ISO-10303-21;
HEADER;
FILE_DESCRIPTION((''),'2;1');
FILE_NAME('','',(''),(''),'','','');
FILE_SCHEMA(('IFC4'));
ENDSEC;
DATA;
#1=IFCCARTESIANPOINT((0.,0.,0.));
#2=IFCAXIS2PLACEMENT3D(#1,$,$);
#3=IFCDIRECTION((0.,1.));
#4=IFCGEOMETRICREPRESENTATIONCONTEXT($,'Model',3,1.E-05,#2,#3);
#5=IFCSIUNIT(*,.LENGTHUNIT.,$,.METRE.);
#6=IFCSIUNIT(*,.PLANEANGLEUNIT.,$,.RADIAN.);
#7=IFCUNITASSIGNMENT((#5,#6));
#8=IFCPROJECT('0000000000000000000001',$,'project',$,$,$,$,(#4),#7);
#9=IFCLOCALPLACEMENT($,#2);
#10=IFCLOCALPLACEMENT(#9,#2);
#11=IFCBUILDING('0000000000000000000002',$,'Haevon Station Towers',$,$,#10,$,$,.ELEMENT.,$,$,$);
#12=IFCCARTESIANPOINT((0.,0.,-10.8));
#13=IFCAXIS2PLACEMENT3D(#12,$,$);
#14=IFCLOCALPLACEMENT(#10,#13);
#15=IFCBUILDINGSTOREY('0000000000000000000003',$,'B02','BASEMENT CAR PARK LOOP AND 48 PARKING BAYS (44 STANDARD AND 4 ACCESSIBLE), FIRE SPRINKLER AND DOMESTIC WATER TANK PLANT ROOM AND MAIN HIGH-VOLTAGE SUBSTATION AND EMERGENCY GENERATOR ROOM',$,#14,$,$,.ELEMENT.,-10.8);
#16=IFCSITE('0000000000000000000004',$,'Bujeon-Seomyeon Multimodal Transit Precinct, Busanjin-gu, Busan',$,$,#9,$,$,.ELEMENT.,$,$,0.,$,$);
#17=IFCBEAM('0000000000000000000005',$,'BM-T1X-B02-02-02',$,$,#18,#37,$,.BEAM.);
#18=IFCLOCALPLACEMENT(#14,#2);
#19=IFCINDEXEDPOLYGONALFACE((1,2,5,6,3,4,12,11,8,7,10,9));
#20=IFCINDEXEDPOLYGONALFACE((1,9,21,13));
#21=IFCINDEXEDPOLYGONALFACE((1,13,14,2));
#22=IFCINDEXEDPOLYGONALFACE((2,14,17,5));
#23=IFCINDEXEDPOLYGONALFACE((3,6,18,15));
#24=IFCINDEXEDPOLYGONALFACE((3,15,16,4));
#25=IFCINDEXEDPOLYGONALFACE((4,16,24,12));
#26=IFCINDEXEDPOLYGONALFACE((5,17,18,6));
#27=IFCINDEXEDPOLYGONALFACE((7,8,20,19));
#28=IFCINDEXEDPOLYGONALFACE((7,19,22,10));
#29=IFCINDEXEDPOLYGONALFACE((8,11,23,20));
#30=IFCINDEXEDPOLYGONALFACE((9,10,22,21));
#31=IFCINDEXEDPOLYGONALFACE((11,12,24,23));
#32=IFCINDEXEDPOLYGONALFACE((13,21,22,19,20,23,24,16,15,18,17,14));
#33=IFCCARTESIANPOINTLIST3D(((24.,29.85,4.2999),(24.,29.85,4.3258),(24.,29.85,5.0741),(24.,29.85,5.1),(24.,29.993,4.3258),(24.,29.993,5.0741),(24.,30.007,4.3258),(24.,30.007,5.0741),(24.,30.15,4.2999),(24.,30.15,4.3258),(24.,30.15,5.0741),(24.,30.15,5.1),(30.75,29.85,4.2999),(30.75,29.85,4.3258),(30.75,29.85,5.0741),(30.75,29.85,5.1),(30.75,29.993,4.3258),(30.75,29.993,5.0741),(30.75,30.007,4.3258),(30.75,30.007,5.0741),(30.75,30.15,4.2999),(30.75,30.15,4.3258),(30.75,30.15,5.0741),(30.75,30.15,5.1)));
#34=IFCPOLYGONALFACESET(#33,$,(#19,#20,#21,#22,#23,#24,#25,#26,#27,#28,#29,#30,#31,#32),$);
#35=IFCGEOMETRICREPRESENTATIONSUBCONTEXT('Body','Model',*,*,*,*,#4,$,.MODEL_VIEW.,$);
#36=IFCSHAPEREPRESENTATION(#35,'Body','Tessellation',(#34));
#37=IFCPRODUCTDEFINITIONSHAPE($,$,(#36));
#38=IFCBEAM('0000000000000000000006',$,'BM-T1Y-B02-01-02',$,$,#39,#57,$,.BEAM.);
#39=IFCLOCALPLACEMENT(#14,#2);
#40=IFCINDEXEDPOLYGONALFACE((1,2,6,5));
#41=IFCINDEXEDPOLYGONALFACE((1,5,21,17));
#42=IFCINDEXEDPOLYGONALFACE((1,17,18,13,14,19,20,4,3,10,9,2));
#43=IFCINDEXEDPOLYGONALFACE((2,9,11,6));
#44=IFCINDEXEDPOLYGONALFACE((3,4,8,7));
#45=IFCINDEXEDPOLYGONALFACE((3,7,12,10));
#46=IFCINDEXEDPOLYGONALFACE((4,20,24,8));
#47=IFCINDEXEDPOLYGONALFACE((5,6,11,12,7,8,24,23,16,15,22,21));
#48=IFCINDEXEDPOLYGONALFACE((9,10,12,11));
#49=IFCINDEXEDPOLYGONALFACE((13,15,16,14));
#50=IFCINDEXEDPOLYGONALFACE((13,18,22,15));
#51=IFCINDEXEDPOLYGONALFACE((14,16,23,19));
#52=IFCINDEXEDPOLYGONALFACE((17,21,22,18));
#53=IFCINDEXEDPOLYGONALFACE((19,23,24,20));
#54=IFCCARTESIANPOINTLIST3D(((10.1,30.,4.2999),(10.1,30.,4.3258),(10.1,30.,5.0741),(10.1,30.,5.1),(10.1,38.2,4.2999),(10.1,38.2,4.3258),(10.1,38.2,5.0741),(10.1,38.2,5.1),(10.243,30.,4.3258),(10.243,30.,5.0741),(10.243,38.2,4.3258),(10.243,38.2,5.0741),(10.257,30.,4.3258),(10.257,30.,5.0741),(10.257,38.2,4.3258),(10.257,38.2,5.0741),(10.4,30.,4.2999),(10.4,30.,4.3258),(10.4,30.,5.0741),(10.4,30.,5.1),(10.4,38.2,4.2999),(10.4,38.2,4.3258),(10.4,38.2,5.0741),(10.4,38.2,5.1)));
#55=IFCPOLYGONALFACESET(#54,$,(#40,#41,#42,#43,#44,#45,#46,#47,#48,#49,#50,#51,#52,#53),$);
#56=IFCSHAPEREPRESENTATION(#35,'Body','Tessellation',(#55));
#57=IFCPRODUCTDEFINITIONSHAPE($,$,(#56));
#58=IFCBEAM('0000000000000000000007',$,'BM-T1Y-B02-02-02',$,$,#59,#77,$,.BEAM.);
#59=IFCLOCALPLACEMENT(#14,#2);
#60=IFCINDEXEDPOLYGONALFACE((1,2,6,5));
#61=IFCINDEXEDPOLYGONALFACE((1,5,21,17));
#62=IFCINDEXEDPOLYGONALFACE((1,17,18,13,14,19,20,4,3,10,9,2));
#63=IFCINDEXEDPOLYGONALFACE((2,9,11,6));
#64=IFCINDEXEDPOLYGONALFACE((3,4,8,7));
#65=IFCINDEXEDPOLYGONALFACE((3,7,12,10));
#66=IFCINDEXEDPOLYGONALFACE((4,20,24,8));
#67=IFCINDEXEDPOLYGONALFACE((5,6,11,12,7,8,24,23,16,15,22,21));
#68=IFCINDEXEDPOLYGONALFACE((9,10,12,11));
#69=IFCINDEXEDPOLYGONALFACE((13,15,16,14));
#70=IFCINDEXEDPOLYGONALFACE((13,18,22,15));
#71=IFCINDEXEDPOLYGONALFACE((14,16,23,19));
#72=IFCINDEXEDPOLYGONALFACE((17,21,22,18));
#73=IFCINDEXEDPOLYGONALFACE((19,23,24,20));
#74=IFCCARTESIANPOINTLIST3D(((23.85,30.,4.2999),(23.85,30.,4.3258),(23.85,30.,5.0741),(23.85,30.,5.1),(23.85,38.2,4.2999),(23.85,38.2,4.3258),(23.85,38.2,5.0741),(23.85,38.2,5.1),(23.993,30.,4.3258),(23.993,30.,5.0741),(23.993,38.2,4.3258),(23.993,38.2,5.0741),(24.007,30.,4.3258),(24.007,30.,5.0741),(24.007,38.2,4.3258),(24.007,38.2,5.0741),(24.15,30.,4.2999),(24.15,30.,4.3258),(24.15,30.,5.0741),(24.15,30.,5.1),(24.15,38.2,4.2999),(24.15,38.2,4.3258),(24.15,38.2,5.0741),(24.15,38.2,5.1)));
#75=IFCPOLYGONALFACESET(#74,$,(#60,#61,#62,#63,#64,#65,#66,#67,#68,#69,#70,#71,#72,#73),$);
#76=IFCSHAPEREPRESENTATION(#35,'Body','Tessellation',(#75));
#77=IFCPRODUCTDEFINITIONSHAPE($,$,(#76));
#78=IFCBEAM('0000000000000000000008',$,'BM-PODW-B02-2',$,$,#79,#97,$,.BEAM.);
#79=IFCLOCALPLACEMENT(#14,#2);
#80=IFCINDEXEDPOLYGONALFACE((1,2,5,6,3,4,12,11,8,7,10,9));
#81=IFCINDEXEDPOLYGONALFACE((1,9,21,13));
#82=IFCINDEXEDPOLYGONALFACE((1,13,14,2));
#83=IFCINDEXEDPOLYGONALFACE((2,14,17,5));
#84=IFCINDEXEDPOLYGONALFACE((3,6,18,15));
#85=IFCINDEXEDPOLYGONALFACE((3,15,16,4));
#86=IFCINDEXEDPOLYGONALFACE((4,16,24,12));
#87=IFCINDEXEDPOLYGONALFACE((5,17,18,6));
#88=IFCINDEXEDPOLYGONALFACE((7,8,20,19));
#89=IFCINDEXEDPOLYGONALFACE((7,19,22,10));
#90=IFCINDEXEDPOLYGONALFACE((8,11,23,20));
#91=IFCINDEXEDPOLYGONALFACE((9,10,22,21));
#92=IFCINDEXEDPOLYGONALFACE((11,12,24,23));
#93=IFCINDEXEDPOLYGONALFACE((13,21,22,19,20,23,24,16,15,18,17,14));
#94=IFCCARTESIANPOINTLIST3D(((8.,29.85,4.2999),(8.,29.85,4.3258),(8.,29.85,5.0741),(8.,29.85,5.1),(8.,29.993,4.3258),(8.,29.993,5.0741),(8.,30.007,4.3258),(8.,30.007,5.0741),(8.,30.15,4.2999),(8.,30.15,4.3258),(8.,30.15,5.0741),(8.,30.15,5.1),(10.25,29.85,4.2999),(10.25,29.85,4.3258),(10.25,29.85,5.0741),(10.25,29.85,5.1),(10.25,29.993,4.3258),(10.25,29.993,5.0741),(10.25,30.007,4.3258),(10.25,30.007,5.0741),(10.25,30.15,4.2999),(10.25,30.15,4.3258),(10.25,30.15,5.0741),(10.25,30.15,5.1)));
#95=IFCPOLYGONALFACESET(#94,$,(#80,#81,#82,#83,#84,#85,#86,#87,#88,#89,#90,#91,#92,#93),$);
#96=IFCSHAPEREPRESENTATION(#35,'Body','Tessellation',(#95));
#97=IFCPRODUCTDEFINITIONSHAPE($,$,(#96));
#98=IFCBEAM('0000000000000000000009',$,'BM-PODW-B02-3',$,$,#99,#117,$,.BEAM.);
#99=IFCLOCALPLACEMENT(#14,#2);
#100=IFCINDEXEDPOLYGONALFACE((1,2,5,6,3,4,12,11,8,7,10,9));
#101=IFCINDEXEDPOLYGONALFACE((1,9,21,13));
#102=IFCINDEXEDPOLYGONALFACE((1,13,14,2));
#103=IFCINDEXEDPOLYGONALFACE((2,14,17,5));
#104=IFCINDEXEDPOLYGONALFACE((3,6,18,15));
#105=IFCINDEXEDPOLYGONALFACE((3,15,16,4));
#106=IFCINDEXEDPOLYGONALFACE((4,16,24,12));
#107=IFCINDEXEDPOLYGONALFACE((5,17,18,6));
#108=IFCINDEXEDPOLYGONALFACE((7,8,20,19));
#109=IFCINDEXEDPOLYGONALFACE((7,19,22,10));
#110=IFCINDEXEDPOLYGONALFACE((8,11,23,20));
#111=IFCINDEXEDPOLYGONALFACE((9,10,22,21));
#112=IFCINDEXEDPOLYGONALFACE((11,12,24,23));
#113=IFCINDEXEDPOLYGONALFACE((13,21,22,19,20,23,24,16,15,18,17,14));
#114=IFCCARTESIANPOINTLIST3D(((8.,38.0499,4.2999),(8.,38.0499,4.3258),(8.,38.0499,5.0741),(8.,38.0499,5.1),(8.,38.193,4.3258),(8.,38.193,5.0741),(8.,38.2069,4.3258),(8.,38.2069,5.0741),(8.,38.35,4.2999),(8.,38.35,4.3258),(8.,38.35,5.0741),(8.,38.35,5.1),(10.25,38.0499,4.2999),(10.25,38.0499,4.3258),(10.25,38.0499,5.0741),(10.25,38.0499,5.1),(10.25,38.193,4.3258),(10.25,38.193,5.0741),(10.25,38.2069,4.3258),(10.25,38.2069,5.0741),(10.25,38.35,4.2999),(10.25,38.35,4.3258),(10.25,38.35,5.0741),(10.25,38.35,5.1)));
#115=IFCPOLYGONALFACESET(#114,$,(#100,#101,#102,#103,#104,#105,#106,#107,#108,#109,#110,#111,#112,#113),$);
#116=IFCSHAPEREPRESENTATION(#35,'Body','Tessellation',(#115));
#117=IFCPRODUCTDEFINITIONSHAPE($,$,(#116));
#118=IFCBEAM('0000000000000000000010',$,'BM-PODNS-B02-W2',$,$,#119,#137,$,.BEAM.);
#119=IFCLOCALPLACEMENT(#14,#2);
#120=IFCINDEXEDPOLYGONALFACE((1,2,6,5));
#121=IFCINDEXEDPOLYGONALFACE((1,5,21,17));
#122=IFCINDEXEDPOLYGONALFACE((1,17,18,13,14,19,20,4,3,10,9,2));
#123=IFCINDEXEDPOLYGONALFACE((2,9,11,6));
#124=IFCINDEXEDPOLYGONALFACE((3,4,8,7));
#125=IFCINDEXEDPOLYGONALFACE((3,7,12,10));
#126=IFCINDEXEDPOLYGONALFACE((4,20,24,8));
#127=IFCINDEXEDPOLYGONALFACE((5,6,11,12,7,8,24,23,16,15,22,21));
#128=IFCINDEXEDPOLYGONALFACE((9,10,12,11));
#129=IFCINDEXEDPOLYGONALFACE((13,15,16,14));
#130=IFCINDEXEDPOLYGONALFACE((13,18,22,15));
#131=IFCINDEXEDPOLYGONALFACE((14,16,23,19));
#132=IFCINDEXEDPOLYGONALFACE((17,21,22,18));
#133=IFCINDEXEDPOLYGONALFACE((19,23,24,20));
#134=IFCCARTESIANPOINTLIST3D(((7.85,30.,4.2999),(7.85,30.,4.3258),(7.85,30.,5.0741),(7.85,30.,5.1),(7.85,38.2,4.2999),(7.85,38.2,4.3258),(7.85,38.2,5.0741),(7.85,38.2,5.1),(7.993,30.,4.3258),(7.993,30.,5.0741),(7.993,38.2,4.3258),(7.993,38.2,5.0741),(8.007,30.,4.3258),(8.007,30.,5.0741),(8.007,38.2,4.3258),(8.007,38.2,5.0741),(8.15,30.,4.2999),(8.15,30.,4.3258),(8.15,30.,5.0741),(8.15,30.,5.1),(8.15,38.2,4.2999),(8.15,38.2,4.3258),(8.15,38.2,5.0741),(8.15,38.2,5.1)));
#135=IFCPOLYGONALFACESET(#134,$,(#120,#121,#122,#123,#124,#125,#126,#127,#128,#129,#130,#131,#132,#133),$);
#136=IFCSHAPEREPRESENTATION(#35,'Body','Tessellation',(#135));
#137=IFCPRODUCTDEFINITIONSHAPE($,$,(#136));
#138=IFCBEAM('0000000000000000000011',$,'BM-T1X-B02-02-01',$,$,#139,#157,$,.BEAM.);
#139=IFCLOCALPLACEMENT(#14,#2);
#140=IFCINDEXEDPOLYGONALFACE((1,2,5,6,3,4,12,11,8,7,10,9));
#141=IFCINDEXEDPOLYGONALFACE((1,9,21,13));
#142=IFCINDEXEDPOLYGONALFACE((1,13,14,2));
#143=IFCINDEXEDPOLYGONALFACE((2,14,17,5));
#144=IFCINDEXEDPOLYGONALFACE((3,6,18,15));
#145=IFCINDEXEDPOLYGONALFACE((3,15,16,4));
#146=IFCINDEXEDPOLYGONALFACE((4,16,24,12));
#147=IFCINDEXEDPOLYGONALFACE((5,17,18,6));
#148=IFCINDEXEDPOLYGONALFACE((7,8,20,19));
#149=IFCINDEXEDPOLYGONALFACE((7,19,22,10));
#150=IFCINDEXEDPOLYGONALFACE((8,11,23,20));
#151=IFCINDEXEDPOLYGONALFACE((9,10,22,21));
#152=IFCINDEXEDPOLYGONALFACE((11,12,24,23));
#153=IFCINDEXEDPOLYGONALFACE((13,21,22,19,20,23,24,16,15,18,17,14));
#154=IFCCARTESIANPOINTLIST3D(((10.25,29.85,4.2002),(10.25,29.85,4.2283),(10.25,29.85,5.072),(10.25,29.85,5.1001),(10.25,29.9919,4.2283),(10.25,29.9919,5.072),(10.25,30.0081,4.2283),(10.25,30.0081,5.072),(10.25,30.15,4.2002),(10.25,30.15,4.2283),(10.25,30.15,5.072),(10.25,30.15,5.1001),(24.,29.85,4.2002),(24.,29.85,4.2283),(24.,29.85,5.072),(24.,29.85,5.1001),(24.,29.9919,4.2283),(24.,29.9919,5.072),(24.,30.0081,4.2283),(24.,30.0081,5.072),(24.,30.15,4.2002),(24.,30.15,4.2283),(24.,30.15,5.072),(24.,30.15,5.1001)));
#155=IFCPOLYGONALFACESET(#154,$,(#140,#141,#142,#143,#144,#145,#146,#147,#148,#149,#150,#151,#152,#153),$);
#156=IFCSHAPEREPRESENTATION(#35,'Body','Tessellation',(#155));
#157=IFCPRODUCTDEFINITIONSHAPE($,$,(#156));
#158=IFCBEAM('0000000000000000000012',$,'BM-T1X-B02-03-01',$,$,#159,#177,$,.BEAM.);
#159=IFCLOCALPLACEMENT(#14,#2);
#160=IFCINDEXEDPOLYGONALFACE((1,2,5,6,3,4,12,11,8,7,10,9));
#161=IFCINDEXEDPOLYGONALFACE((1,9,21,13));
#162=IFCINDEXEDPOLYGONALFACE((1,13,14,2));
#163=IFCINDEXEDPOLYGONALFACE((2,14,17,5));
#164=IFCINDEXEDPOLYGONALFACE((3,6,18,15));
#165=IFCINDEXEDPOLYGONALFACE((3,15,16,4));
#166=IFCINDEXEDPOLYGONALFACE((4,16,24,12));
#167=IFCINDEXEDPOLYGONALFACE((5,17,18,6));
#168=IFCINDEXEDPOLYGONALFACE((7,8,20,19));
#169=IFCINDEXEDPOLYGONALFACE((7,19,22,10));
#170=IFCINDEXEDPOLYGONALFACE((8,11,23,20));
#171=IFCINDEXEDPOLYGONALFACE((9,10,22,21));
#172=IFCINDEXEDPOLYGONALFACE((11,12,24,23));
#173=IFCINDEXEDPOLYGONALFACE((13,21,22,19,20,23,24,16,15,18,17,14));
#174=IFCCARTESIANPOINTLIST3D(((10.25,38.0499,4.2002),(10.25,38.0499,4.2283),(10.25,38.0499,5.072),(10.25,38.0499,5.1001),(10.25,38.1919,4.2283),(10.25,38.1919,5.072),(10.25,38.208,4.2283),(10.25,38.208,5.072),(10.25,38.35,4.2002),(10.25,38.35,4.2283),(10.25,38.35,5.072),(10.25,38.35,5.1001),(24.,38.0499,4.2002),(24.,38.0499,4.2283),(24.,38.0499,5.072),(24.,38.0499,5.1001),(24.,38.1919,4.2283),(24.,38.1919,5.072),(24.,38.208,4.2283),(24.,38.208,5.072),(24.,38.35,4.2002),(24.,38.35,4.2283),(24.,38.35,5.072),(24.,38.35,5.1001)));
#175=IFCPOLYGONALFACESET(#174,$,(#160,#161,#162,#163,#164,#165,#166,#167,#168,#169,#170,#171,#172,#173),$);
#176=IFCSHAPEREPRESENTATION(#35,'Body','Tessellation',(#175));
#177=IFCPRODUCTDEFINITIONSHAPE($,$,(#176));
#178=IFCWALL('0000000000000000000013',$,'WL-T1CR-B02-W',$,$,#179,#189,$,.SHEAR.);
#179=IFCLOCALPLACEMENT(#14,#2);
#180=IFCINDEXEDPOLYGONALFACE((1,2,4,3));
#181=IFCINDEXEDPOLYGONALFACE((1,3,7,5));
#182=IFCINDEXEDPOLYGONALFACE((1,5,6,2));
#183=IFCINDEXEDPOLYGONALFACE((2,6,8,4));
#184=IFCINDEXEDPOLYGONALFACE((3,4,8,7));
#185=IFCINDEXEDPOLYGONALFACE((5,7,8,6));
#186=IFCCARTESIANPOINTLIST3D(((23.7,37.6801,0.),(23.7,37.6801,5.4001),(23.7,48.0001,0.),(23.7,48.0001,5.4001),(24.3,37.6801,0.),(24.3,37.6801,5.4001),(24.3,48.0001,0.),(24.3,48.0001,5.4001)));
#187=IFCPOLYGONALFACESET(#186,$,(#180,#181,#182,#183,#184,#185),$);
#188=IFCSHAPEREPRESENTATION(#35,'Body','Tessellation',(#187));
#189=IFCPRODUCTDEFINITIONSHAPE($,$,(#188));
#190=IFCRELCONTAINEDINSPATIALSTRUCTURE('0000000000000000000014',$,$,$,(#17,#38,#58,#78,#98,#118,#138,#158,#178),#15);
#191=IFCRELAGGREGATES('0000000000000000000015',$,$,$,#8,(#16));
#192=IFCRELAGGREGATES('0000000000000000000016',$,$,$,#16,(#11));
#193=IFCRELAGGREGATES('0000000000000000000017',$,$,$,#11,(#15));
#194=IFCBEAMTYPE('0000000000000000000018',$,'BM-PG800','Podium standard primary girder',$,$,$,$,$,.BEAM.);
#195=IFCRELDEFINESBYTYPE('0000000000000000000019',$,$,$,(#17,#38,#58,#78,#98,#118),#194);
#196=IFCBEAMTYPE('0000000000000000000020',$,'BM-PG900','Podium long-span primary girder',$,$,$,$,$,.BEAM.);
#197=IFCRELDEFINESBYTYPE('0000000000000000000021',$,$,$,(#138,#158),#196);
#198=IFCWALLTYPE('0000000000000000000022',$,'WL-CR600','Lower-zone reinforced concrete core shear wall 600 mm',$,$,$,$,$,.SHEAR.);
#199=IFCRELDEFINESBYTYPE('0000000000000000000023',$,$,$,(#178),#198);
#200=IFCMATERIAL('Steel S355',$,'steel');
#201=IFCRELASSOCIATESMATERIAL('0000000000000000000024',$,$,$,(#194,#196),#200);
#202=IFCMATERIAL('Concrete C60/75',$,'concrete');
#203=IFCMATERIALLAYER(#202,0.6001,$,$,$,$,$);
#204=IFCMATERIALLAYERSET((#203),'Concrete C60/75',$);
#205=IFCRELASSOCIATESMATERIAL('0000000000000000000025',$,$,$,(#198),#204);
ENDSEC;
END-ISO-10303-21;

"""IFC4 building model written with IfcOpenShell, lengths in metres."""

from ifc_helpers import new_model, si_unit, direction, frame, frame_2d, origin, origin_2d, place, context, subcontext, project, spatial, rectangle, i_section, extrude, material, layer, layer_set, material_profile, profile_set, type_object, element, save


model = new_model("IFC4")

# Units and contexts
model_context = context("Model", 3, precision=1e-05, world=origin(), true_north=direction((0.0, 1.0)))
body_context = subcontext(model_context, "Body", "Model", "MODEL_VIEW")
ifc_project = project(units=[si_unit("LENGTHUNIT", "METRE"), si_unit("PLANEANGLEUNIT", "RADIAN")], contexts=[model_context])

# Site, building, storey
site_placement = place(None, origin())
site = spatial("IfcSite", under=ifc_project, at=site_placement, Name="Bujeon-Seomyeon Multimodal Transit Precinct, Busanjin-gu, Busan", CompositionType="ELEMENT", RefElevation=0.0)
building_placement = place(site_placement, origin())
building = spatial("IfcBuilding", under=site, at=building_placement, Name="Haevon Station Towers", CompositionType="ELEMENT")
storey_placement = place(building_placement, frame((0.0, 0.0, -10.8)))
storey = spatial("IfcBuildingStorey", under=building, at=storey_placement, Name="B02", Description="BASEMENT CAR PARK LOOP AND 48 PARKING BAYS (44 STANDARD AND 4 ACCESSIBLE), FIRE SPRINKLER AND DOMESTIC WATER TANK PLANT ROOM AND MAIN HIGH-VOLTAGE SUBSTATION AND EMERGENCY GENERATOR ROOM", CompositionType="ELEMENT", Elevation=-10.8)

# Beams
ifc_material_1 = material(Name="Steel S355", Category="steel")
ifc_material_profile_1 = material_profile(ifc_material_1, i_section(OverallWidth=0.3, OverallDepth=0.8, WebThickness=0.0139, FlangeThickness=0.0259, at=origin_2d()), Name="H-800x300x14x26")
ifc_profile_set_1 = profile_set([ifc_material_profile_1], Name="Steel S355")
beam_type_1 = type_object("IfcBeamType", Name="BM-PG800", Description="Podium standard primary girder", PredefinedType="BEAM", material=ifc_profile_set_1)
beam_1_placement = place(storey_placement, frame((24.0, 30.0, 4.7), z_axis=(1.0, 0.0, 0.0), x_axis=(0.0, 1.0, 0.0)))
element("IfcBeam", 1, at=beam_1_placement, inside=storey, type_object=beam_type_1, Name="BM-T1X-B02-02-02", PredefinedType="BEAM", context=body_context, shape_type="SweptSolid", body=[
    extrude(i_section(OverallWidth=0.3, OverallDepth=0.8, WebThickness=0.0139, FlangeThickness=0.0259, at=origin_2d()), origin(), (0.0, 0.0, 1.0), 6.75),
])
for number, where, z_axis, x_axis, name in (
    (2, (10.25, 30.0, 4.7), (0.0, 1.0, 0.0), (-1.0, 0.0, 0.0), "BM-T1Y-B02-01-02"),
    (3, (24.0, 30.0, 4.7), (0.0, 1.0, 0.0), (-1.0, 0.0, 0.0), "BM-T1Y-B02-02-02"),
):
    element("IfcBeam", number, at=place(storey_placement, frame(where, z_axis=z_axis, x_axis=x_axis)), inside=storey, type_object=beam_type_1, Name=name, PredefinedType="BEAM", context=body_context, shape_type="SweptSolid", body=[
        extrude(i_section(OverallWidth=0.3, OverallDepth=0.8, WebThickness=0.0139, FlangeThickness=0.0259, at=origin_2d()), origin(), (0.0, 0.0, 1.0), 8.2),
    ])
for number, where, z_axis, x_axis, name in (
    (4, (8.0, 30.0, 4.7), (1.0, 0.0, 0.0), (0.0, 1.0, 0.0), "BM-PODW-B02-2"),
    (5, (8.0, 38.2, 4.7), (1.0, 0.0, 0.0), (0.0, 1.0, 0.0), "BM-PODW-B02-3"),
):
    element("IfcBeam", number, at=place(storey_placement, frame(where, z_axis=z_axis, x_axis=x_axis)), inside=storey, type_object=beam_type_1, Name=name, PredefinedType="BEAM", context=body_context, shape_type="SweptSolid", body=[
        extrude(i_section(OverallWidth=0.3, OverallDepth=0.8, WebThickness=0.0139, FlangeThickness=0.0259, at=origin_2d()), origin(), (0.0, 0.0, 1.0), 2.25),
    ])
beam_2_placement = place(storey_placement, frame((8.0, 30.0, 4.7), z_axis=(0.0, 1.0, 0.0), x_axis=(-1.0, 0.0, 0.0)))
element("IfcBeam", 6, at=beam_2_placement, inside=storey, type_object=beam_type_1, Name="BM-PODNS-B02-W2", PredefinedType="BEAM", context=body_context, shape_type="SweptSolid", body=[
    extrude(i_section(OverallWidth=0.3, OverallDepth=0.8, WebThickness=0.0139, FlangeThickness=0.0259, at=origin_2d()), origin(), (0.0, 0.0, 1.0), 8.2),
])
ifc_material_profile_2 = material_profile(ifc_material_1, i_section(OverallWidth=0.3, OverallDepth=0.8999, WebThickness=0.0161, FlangeThickness=0.0281, at=origin_2d()), Name="H-900x300x16x28")
ifc_profile_set_2 = profile_set([ifc_material_profile_2], Name="Steel S355")
beam_type_2 = type_object("IfcBeamType", Name="BM-PG900", Description="Podium long-span primary girder", PredefinedType="BEAM", material=ifc_profile_set_2)
for number, where, z_axis, x_axis, name in (
    (7, (10.25, 30.0, 4.6501), (1.0, 0.0, 0.0), (0.0, 1.0, 0.0), "BM-T1X-B02-02-01"),
    (8, (10.25, 38.2, 4.6501), (1.0, 0.0, 0.0), (0.0, 1.0, 0.0), "BM-T1X-B02-03-01"),
):
    element("IfcBeam", number, at=place(storey_placement, frame(where, z_axis=z_axis, x_axis=x_axis)), inside=storey, type_object=beam_type_2, Name=name, PredefinedType="BEAM", context=body_context, shape_type="SweptSolid", body=[
        extrude(i_section(OverallWidth=0.3, OverallDepth=0.8999, WebThickness=0.0161, FlangeThickness=0.0281, at=origin_2d()), origin(), (0.0, 0.0, 1.0), 13.75),
    ])

# Wall
ifc_material_2 = material(Name="Concrete C60/75", Category="concrete")
ifc_layer = layer(ifc_material_2, 0.6001)
ifc_layer_set = layer_set([ifc_layer], Name="Concrete C60/75")
wall_type = type_object("IfcWallType", Name="WL-CR600", Description="Lower-zone reinforced concrete core shear wall 600 mm", PredefinedType="SHEAR", material=ifc_layer_set)
wall_placement = place(storey_placement, frame((24.0, 37.6799, 0.0), z_axis=(0.0, 0.0, 1.0), x_axis=(0.0, 1.0, 0.0)))
element("IfcWall", 9, at=wall_placement, inside=storey, type_object=wall_type, Name="WL-T1CR-B02-W", PredefinedType="SHEAR", context=body_context, shape_type="SweptSolid", body=[
    extrude(rectangle(XDim=10.3201, YDim=0.6001, at=frame_2d((5.1602, 0.0))), origin(), (0.0, 0.0, 1.0), 5.4001),
])

save(model, "model.ifc")
